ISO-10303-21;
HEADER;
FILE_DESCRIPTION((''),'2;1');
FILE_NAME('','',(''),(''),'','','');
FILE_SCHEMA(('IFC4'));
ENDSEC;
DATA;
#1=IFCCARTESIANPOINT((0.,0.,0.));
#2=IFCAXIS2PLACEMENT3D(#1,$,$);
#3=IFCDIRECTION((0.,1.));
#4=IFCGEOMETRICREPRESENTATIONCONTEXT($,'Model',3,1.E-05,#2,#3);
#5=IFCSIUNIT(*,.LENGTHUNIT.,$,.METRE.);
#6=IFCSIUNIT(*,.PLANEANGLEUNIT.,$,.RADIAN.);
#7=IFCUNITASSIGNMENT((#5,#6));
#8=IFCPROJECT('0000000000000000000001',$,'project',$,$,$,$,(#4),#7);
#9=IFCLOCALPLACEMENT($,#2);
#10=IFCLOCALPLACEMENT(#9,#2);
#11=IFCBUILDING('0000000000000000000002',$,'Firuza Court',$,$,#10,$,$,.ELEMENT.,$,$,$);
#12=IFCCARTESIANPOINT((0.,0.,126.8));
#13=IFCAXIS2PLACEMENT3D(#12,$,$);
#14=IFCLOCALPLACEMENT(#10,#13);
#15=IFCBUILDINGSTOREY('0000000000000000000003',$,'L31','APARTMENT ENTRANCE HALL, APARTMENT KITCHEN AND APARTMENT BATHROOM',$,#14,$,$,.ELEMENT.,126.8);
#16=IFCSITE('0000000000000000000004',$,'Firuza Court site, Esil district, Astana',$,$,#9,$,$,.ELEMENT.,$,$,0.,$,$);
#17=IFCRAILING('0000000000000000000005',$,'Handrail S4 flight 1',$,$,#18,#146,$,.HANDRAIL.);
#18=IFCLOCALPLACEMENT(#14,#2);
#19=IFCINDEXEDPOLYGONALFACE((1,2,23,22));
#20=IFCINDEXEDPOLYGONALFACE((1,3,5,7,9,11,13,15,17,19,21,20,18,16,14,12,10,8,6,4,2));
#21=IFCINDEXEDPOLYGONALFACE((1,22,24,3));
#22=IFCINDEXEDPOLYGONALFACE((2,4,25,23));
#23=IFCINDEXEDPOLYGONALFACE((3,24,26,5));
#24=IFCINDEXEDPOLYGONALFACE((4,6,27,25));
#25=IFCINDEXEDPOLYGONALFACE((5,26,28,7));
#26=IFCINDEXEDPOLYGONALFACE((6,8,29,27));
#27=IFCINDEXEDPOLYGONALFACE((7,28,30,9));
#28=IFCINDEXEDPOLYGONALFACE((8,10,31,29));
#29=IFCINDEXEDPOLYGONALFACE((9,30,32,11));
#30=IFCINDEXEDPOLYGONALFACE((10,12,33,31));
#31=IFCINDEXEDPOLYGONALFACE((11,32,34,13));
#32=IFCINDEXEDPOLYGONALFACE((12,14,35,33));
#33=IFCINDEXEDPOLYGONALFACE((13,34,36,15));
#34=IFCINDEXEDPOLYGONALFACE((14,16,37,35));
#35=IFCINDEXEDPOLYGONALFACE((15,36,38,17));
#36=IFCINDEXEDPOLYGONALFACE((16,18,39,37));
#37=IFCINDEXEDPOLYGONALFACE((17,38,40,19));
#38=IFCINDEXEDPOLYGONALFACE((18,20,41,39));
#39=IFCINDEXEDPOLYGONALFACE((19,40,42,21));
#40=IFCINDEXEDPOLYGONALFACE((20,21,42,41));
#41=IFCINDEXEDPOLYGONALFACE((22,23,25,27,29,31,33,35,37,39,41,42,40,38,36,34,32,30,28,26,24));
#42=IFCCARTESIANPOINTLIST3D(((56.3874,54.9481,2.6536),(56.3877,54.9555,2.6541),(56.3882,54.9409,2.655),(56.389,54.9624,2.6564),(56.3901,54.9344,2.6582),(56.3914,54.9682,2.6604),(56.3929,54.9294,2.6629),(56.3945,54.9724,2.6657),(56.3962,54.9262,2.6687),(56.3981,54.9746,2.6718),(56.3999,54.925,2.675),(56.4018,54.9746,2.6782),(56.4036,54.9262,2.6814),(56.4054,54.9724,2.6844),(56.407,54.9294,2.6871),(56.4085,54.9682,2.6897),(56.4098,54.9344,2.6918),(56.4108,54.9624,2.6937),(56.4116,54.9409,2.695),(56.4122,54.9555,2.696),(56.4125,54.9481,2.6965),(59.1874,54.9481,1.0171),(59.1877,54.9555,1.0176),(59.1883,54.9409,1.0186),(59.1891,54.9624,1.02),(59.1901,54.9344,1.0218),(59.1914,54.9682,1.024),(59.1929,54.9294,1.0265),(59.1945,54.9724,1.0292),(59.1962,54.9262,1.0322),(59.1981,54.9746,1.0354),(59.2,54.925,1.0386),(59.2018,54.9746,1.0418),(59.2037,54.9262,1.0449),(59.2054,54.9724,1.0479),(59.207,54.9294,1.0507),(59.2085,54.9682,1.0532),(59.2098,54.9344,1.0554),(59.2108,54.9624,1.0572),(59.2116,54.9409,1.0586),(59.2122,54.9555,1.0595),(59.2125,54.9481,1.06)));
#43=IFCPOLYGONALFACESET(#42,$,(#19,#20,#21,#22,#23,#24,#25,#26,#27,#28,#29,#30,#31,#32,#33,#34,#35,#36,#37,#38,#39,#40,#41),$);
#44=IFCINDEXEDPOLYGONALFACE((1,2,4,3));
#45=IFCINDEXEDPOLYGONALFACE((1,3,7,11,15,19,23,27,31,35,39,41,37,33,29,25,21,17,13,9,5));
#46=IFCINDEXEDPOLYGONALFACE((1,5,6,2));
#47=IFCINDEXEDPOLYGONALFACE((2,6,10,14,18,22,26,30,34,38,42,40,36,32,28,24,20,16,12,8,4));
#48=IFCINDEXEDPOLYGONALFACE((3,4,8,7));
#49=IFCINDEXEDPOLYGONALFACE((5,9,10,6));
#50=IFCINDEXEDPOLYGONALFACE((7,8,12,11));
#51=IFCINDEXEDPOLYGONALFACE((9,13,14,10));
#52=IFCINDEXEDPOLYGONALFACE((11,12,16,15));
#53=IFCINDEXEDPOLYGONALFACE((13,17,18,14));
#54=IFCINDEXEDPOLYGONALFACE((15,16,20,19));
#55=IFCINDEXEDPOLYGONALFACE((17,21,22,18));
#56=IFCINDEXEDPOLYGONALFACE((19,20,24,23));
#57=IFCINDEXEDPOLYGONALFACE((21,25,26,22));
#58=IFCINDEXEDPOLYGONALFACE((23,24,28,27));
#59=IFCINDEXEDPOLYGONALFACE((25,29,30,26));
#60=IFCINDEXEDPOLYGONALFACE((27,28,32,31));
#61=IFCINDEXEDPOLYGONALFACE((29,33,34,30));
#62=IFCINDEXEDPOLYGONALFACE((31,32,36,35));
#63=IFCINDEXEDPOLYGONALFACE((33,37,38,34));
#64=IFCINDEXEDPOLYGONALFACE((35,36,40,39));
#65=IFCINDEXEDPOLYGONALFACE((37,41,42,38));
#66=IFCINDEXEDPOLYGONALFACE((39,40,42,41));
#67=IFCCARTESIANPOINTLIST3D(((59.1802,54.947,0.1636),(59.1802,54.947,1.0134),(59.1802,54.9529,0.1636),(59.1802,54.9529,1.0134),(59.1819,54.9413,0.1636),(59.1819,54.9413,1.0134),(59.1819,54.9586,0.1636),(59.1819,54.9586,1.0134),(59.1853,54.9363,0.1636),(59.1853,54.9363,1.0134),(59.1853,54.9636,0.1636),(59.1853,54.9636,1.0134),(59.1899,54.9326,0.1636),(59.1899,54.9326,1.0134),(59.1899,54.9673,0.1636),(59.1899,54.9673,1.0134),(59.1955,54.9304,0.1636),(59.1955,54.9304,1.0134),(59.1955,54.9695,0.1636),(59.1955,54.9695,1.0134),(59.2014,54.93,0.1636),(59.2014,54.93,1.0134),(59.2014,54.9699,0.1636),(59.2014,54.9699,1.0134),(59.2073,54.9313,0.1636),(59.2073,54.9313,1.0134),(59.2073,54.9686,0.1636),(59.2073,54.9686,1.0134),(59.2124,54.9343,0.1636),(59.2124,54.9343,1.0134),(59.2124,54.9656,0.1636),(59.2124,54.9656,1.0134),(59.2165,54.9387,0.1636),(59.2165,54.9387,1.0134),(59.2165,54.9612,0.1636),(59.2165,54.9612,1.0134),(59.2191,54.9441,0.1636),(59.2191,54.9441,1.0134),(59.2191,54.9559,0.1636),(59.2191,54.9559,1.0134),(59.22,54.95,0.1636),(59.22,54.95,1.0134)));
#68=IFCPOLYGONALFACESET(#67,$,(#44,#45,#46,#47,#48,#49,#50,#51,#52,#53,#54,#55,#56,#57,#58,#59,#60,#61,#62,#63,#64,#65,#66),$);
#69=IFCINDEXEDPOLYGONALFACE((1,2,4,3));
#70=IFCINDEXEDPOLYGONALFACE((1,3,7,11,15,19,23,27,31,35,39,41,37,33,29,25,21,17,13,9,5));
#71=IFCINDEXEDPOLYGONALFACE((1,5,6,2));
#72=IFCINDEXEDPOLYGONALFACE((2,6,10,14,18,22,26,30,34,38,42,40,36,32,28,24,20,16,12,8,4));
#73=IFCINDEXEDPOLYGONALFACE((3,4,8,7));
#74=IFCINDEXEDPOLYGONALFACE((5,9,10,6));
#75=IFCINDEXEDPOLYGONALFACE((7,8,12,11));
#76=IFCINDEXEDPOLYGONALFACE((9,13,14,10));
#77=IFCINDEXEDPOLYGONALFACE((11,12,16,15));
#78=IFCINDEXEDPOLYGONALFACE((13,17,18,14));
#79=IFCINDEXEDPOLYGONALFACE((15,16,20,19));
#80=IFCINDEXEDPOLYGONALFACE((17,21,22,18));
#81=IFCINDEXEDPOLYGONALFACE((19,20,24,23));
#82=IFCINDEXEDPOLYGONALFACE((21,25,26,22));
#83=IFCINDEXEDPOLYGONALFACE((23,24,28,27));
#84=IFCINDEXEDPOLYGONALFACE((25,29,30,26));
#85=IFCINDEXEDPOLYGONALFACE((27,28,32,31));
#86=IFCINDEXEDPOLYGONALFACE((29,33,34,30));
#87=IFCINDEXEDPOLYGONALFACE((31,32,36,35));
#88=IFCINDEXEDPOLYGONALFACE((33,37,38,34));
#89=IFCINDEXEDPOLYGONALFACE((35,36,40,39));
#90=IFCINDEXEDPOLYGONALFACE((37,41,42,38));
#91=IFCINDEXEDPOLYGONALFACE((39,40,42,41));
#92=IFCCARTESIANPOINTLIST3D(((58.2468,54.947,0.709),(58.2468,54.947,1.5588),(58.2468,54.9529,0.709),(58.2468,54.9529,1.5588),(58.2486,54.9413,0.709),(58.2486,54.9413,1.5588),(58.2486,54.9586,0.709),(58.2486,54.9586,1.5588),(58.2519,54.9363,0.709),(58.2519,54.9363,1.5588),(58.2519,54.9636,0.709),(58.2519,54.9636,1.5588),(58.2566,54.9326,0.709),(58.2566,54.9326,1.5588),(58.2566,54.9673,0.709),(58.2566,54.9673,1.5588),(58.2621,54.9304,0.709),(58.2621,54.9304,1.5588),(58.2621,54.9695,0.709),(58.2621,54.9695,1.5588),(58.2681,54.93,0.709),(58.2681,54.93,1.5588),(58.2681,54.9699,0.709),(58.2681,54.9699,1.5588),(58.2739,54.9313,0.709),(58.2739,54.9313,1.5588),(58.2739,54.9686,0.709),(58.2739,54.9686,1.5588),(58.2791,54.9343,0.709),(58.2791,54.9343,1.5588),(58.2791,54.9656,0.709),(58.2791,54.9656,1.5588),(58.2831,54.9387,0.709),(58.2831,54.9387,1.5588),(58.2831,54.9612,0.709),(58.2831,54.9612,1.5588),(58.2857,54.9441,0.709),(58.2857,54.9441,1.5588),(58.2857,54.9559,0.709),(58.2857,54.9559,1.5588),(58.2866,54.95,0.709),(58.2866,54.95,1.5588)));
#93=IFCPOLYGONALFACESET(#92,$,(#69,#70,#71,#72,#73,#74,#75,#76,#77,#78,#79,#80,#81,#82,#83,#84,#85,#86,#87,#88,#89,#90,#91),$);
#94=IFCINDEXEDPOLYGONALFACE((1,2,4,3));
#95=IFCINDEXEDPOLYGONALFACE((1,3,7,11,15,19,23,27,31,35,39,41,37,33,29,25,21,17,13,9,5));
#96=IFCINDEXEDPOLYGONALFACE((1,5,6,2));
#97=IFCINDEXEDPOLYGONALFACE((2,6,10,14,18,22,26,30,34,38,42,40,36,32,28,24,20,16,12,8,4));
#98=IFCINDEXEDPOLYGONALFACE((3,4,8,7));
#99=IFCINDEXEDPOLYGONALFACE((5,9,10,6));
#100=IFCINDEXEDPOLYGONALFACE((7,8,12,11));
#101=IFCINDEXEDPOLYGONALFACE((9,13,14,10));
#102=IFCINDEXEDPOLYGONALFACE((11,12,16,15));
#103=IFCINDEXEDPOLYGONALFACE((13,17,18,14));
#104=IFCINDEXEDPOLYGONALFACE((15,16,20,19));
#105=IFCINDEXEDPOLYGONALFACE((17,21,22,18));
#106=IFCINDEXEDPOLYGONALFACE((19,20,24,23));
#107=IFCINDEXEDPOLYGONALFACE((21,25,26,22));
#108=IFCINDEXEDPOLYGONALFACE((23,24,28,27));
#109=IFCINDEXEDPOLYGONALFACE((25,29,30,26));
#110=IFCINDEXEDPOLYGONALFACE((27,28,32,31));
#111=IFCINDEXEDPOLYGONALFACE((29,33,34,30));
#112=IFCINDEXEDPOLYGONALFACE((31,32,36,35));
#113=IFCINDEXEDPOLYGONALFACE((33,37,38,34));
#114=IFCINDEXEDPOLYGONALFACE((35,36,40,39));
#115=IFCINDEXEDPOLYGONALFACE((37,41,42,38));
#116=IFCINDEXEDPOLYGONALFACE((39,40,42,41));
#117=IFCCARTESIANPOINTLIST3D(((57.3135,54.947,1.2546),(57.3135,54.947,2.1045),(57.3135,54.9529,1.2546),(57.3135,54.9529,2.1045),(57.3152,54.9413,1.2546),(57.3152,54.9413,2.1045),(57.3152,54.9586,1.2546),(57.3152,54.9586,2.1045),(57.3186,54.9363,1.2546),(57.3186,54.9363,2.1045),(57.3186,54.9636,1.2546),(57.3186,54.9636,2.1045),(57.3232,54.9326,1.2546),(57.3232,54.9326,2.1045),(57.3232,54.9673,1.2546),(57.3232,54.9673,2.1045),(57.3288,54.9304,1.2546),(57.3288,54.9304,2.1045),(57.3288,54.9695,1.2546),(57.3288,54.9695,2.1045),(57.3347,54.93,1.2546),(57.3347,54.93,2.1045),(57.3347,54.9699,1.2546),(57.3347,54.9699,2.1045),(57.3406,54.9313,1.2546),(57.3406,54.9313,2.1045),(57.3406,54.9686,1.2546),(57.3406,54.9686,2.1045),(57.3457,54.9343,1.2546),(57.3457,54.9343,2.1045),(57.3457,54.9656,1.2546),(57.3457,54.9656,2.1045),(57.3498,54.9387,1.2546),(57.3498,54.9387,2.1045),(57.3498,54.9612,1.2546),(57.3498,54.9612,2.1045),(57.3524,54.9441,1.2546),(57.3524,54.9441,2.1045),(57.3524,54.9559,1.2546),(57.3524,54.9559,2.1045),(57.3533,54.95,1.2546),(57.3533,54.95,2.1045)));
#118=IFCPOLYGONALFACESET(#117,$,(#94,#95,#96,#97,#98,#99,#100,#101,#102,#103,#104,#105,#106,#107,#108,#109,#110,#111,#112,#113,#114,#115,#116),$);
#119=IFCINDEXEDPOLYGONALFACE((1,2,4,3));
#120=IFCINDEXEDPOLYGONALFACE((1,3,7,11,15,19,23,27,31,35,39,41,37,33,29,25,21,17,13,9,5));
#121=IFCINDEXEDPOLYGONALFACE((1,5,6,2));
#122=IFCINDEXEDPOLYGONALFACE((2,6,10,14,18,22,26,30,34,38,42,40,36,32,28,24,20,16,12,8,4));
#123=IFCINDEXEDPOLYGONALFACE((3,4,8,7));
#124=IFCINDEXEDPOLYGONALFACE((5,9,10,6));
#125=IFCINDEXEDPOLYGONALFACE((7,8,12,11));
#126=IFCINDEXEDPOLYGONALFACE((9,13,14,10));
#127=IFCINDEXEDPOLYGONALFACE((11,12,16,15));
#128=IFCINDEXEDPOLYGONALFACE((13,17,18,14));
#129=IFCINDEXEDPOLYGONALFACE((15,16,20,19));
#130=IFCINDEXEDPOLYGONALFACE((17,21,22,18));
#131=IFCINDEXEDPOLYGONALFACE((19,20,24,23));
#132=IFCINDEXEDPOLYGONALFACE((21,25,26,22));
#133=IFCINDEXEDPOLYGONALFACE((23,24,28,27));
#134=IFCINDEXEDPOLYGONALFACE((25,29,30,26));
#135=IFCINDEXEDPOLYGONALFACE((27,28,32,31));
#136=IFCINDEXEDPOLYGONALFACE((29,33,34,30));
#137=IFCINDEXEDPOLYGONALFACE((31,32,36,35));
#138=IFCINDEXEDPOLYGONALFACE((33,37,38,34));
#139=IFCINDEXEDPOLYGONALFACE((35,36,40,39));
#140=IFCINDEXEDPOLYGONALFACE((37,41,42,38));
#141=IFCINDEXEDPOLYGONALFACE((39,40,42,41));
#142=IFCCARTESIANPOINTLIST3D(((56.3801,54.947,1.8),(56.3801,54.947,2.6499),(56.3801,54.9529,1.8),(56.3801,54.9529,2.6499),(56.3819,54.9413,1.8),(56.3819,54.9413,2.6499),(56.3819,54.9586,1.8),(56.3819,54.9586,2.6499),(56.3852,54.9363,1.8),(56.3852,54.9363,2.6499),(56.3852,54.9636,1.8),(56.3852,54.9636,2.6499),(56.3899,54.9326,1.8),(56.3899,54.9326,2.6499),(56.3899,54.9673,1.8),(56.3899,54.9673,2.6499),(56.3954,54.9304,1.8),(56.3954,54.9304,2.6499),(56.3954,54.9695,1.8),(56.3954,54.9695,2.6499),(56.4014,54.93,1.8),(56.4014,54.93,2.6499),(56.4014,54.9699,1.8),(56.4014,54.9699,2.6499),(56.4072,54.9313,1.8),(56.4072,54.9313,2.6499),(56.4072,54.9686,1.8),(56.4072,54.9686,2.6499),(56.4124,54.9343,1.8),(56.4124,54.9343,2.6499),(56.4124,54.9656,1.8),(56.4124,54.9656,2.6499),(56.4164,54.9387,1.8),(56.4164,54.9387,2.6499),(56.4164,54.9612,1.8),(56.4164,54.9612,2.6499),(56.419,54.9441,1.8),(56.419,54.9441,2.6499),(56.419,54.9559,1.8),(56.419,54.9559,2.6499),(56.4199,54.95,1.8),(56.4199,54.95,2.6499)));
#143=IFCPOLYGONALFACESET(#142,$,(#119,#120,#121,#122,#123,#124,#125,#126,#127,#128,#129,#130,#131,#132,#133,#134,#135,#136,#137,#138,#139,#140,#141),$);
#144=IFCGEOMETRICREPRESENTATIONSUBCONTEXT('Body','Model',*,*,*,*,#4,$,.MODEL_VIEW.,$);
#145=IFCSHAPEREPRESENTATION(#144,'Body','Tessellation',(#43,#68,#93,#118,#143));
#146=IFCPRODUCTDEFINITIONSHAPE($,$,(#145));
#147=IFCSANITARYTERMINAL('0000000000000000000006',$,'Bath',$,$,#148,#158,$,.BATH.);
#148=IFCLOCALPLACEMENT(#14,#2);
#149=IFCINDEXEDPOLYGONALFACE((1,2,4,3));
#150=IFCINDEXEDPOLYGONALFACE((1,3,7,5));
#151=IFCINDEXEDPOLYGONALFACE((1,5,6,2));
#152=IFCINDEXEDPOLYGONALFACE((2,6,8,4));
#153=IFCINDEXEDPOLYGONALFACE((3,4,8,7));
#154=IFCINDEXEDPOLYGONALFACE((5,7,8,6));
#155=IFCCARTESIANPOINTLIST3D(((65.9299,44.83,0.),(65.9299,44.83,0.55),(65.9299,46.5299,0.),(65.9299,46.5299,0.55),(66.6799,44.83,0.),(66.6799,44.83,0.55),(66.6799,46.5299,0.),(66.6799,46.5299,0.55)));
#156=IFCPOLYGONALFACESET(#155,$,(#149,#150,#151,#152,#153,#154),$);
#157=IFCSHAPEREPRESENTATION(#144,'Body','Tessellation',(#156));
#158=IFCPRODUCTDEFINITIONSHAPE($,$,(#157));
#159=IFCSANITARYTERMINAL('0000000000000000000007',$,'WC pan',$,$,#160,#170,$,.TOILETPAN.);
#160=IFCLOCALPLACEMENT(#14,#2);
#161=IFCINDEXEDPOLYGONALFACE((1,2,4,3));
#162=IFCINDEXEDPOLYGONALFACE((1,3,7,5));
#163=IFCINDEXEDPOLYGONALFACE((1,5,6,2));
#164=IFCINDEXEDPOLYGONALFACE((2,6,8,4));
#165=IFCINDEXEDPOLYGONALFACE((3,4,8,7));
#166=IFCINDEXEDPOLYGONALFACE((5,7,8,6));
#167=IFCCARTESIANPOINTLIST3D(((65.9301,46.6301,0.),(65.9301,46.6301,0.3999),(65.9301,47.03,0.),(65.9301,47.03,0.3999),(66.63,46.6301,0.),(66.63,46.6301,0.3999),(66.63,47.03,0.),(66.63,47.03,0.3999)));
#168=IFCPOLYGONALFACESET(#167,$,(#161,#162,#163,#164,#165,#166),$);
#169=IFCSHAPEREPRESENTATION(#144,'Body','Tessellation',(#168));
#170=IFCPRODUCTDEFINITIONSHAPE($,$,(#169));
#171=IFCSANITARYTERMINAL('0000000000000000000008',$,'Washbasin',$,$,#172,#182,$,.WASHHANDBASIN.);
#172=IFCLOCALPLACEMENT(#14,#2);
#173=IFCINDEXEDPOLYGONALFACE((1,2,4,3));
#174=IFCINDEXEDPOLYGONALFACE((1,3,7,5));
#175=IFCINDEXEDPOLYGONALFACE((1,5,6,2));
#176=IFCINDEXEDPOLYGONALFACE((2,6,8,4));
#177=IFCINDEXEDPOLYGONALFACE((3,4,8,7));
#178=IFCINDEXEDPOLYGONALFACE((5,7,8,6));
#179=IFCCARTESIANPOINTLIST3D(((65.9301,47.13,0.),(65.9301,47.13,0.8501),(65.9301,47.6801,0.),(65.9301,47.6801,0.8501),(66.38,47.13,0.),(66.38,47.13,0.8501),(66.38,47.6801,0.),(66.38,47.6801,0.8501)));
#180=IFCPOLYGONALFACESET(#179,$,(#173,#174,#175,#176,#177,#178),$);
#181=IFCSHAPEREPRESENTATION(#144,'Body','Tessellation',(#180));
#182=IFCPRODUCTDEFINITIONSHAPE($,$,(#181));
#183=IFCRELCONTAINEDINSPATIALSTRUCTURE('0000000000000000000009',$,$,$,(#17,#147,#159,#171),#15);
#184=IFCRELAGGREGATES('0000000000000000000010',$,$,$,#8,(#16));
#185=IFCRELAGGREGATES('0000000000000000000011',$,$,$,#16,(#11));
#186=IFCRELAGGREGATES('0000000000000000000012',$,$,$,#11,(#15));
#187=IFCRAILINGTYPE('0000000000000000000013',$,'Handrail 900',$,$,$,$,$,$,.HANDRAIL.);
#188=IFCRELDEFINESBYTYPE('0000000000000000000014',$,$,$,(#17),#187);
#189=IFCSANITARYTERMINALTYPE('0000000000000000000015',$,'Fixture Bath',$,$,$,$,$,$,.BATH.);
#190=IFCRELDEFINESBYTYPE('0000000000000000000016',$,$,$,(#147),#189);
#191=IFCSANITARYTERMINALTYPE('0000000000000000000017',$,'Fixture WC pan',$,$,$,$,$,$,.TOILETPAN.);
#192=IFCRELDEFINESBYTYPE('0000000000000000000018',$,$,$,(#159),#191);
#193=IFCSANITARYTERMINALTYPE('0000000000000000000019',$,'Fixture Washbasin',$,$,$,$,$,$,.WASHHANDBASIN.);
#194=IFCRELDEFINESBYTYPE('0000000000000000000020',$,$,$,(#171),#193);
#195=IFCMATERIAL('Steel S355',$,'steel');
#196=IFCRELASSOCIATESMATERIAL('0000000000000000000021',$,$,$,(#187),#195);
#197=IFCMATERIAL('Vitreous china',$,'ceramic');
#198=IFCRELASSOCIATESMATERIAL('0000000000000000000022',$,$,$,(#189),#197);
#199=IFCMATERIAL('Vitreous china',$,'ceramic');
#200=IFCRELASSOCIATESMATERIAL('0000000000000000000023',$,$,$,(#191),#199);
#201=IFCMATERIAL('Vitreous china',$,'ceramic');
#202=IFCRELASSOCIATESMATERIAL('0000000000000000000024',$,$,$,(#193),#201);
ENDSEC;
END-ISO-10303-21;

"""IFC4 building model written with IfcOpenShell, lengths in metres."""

from ifc_helpers import new_model, si_unit, direction, frame, origin, origin_2d, place, context, subcontext, project, spatial, rectangle, circle, extrude, material, type_object, element, save


model = new_model("IFC4")

# Units and contexts
model_context = context("Model", 3, precision=1e-05, world=origin(), true_north=direction((0.0, 1.0)))
body_context = subcontext(model_context, "Body", "Model", "MODEL_VIEW")
ifc_project = project(units=[si_unit("LENGTHUNIT", "METRE"), si_unit("PLANEANGLEUNIT", "RADIAN")], contexts=[model_context])

# Site, building, storey
site_placement = place(None, origin())
site = spatial("IfcSite", under=ifc_project, at=site_placement, Name="Firuza Court site, Esil district, Astana", CompositionType="ELEMENT", RefElevation=0.0)
building_placement = place(site_placement, origin())
building = spatial("IfcBuilding", under=site, at=building_placement, Name="Firuza Court", CompositionType="ELEMENT")
storey_placement = place(building_placement, frame((0.0, 0.0, 126.8)))
storey = spatial("IfcBuildingStorey", under=building, at=storey_placement, Name="L31", Description="APARTMENT ENTRANCE HALL, APARTMENT KITCHEN AND APARTMENT BATHROOM", CompositionType="ELEMENT", Elevation=126.8)

# Railing
ifc_material_1 = material(Name="Steel S355", Category="steel")
railing_type_1 = type_object("IfcRailingType", Name="Handrail 900", PredefinedType="HANDRAIL", material=ifc_material_1)
railing_1_placement = place(storey_placement, frame((59.2, 54.95, 0.1636)))
element("IfcRailing", 1, at=railing_1_placement, inside=storey, type_object=railing_type_1, Name="Handrail S4 flight 1", PredefinedType="HANDRAIL", context=body_context, shape_type="SweptSolid", body=[
    extrude(circle(Radius=0.0249, at=origin_2d()), frame((0.0, 0.0, 0.875), z_axis=(-0.863361, 0.0, 0.504587), x_axis=(0.0, -1.0, 0.0)), (0.0, 0.0, 1.0), 3.2432),
    extrude(circle(Radius=0.02, at=origin_2d()), origin(), (0.0, 0.0, 1.0), 0.8499),
    extrude(circle(Radius=0.02, at=origin_2d()), frame((-0.9333, 0.0, 0.5454)), (0.0, 0.0, 1.0), 0.8499),
    extrude(circle(Radius=0.02, at=origin_2d()), frame((-1.8667, 0.0, 1.0911)), (0.0, 0.0, 1.0), 0.8499),
    extrude(circle(Radius=0.02, at=origin_2d()), frame((-2.8, 0.0, 1.6365)), (0.0, 0.0, 1.0), 0.8499),
])

# Sanitary terminals
ifc_material_2 = material(Name="Vitreous china", Category="ceramic")
sanitary_terminal_type_1 = type_object("IfcSanitaryTerminalType", Name="Fixture Bath", PredefinedType="BATH", material=ifc_material_2)
sanitary_terminal_1_placement = place(storey_placement, frame((66.3049, 45.6799, 0.0), z_axis=(0.0, 0.0, 1.0), x_axis=(1.0, 0.0, 0.0)))
element("IfcSanitaryTerminal", 2, at=sanitary_terminal_1_placement, inside=storey, type_object=sanitary_terminal_type_1, Name="Bath", PredefinedType="BATH", context=body_context, shape_type="SweptSolid", body=[
    extrude(rectangle(XDim=0.75, YDim=1.7, at=origin_2d()), origin(), (0.0, 0.0, 1.0), 0.55),
])
ifc_material_3 = material(Name="Vitreous china", Category="ceramic")
sanitary_terminal_type_2 = type_object("IfcSanitaryTerminalType", Name="Fixture WC pan", PredefinedType="TOILETPAN", material=ifc_material_3)
sanitary_terminal_2_placement = place(storey_placement, frame((66.28, 46.8301, 0.0), z_axis=(0.0, 0.0, 1.0), x_axis=(1.0, 0.0, 0.0)))
element("IfcSanitaryTerminal", 3, at=sanitary_terminal_2_placement, inside=storey, type_object=sanitary_terminal_type_2, Name="WC pan", PredefinedType="TOILETPAN", context=body_context, shape_type="SweptSolid", body=[
    extrude(rectangle(XDim=0.7, YDim=0.3999, at=origin_2d()), origin(), (0.0, 0.0, 1.0), 0.3999),
])
ifc_material_4 = material(Name="Vitreous china", Category="ceramic")
sanitary_terminal_type_3 = type_object("IfcSanitaryTerminalType", Name="Fixture Washbasin", PredefinedType="WASHHANDBASIN", material=ifc_material_4)
sanitary_terminal_3_placement = place(storey_placement, frame((66.155, 47.405, 0.0), z_axis=(0.0, 0.0, 1.0), x_axis=(1.0, 0.0, 0.0)))
element("IfcSanitaryTerminal", 4, at=sanitary_terminal_3_placement, inside=storey, type_object=sanitary_terminal_type_3, Name="Washbasin", PredefinedType="WASHHANDBASIN", context=body_context, shape_type="SweptSolid", body=[
    extrude(rectangle(XDim=0.45, YDim=0.55, at=origin_2d()), origin(), (0.0, 0.0, 1.0), 0.8501),
])

save(model, "model.ifc")
